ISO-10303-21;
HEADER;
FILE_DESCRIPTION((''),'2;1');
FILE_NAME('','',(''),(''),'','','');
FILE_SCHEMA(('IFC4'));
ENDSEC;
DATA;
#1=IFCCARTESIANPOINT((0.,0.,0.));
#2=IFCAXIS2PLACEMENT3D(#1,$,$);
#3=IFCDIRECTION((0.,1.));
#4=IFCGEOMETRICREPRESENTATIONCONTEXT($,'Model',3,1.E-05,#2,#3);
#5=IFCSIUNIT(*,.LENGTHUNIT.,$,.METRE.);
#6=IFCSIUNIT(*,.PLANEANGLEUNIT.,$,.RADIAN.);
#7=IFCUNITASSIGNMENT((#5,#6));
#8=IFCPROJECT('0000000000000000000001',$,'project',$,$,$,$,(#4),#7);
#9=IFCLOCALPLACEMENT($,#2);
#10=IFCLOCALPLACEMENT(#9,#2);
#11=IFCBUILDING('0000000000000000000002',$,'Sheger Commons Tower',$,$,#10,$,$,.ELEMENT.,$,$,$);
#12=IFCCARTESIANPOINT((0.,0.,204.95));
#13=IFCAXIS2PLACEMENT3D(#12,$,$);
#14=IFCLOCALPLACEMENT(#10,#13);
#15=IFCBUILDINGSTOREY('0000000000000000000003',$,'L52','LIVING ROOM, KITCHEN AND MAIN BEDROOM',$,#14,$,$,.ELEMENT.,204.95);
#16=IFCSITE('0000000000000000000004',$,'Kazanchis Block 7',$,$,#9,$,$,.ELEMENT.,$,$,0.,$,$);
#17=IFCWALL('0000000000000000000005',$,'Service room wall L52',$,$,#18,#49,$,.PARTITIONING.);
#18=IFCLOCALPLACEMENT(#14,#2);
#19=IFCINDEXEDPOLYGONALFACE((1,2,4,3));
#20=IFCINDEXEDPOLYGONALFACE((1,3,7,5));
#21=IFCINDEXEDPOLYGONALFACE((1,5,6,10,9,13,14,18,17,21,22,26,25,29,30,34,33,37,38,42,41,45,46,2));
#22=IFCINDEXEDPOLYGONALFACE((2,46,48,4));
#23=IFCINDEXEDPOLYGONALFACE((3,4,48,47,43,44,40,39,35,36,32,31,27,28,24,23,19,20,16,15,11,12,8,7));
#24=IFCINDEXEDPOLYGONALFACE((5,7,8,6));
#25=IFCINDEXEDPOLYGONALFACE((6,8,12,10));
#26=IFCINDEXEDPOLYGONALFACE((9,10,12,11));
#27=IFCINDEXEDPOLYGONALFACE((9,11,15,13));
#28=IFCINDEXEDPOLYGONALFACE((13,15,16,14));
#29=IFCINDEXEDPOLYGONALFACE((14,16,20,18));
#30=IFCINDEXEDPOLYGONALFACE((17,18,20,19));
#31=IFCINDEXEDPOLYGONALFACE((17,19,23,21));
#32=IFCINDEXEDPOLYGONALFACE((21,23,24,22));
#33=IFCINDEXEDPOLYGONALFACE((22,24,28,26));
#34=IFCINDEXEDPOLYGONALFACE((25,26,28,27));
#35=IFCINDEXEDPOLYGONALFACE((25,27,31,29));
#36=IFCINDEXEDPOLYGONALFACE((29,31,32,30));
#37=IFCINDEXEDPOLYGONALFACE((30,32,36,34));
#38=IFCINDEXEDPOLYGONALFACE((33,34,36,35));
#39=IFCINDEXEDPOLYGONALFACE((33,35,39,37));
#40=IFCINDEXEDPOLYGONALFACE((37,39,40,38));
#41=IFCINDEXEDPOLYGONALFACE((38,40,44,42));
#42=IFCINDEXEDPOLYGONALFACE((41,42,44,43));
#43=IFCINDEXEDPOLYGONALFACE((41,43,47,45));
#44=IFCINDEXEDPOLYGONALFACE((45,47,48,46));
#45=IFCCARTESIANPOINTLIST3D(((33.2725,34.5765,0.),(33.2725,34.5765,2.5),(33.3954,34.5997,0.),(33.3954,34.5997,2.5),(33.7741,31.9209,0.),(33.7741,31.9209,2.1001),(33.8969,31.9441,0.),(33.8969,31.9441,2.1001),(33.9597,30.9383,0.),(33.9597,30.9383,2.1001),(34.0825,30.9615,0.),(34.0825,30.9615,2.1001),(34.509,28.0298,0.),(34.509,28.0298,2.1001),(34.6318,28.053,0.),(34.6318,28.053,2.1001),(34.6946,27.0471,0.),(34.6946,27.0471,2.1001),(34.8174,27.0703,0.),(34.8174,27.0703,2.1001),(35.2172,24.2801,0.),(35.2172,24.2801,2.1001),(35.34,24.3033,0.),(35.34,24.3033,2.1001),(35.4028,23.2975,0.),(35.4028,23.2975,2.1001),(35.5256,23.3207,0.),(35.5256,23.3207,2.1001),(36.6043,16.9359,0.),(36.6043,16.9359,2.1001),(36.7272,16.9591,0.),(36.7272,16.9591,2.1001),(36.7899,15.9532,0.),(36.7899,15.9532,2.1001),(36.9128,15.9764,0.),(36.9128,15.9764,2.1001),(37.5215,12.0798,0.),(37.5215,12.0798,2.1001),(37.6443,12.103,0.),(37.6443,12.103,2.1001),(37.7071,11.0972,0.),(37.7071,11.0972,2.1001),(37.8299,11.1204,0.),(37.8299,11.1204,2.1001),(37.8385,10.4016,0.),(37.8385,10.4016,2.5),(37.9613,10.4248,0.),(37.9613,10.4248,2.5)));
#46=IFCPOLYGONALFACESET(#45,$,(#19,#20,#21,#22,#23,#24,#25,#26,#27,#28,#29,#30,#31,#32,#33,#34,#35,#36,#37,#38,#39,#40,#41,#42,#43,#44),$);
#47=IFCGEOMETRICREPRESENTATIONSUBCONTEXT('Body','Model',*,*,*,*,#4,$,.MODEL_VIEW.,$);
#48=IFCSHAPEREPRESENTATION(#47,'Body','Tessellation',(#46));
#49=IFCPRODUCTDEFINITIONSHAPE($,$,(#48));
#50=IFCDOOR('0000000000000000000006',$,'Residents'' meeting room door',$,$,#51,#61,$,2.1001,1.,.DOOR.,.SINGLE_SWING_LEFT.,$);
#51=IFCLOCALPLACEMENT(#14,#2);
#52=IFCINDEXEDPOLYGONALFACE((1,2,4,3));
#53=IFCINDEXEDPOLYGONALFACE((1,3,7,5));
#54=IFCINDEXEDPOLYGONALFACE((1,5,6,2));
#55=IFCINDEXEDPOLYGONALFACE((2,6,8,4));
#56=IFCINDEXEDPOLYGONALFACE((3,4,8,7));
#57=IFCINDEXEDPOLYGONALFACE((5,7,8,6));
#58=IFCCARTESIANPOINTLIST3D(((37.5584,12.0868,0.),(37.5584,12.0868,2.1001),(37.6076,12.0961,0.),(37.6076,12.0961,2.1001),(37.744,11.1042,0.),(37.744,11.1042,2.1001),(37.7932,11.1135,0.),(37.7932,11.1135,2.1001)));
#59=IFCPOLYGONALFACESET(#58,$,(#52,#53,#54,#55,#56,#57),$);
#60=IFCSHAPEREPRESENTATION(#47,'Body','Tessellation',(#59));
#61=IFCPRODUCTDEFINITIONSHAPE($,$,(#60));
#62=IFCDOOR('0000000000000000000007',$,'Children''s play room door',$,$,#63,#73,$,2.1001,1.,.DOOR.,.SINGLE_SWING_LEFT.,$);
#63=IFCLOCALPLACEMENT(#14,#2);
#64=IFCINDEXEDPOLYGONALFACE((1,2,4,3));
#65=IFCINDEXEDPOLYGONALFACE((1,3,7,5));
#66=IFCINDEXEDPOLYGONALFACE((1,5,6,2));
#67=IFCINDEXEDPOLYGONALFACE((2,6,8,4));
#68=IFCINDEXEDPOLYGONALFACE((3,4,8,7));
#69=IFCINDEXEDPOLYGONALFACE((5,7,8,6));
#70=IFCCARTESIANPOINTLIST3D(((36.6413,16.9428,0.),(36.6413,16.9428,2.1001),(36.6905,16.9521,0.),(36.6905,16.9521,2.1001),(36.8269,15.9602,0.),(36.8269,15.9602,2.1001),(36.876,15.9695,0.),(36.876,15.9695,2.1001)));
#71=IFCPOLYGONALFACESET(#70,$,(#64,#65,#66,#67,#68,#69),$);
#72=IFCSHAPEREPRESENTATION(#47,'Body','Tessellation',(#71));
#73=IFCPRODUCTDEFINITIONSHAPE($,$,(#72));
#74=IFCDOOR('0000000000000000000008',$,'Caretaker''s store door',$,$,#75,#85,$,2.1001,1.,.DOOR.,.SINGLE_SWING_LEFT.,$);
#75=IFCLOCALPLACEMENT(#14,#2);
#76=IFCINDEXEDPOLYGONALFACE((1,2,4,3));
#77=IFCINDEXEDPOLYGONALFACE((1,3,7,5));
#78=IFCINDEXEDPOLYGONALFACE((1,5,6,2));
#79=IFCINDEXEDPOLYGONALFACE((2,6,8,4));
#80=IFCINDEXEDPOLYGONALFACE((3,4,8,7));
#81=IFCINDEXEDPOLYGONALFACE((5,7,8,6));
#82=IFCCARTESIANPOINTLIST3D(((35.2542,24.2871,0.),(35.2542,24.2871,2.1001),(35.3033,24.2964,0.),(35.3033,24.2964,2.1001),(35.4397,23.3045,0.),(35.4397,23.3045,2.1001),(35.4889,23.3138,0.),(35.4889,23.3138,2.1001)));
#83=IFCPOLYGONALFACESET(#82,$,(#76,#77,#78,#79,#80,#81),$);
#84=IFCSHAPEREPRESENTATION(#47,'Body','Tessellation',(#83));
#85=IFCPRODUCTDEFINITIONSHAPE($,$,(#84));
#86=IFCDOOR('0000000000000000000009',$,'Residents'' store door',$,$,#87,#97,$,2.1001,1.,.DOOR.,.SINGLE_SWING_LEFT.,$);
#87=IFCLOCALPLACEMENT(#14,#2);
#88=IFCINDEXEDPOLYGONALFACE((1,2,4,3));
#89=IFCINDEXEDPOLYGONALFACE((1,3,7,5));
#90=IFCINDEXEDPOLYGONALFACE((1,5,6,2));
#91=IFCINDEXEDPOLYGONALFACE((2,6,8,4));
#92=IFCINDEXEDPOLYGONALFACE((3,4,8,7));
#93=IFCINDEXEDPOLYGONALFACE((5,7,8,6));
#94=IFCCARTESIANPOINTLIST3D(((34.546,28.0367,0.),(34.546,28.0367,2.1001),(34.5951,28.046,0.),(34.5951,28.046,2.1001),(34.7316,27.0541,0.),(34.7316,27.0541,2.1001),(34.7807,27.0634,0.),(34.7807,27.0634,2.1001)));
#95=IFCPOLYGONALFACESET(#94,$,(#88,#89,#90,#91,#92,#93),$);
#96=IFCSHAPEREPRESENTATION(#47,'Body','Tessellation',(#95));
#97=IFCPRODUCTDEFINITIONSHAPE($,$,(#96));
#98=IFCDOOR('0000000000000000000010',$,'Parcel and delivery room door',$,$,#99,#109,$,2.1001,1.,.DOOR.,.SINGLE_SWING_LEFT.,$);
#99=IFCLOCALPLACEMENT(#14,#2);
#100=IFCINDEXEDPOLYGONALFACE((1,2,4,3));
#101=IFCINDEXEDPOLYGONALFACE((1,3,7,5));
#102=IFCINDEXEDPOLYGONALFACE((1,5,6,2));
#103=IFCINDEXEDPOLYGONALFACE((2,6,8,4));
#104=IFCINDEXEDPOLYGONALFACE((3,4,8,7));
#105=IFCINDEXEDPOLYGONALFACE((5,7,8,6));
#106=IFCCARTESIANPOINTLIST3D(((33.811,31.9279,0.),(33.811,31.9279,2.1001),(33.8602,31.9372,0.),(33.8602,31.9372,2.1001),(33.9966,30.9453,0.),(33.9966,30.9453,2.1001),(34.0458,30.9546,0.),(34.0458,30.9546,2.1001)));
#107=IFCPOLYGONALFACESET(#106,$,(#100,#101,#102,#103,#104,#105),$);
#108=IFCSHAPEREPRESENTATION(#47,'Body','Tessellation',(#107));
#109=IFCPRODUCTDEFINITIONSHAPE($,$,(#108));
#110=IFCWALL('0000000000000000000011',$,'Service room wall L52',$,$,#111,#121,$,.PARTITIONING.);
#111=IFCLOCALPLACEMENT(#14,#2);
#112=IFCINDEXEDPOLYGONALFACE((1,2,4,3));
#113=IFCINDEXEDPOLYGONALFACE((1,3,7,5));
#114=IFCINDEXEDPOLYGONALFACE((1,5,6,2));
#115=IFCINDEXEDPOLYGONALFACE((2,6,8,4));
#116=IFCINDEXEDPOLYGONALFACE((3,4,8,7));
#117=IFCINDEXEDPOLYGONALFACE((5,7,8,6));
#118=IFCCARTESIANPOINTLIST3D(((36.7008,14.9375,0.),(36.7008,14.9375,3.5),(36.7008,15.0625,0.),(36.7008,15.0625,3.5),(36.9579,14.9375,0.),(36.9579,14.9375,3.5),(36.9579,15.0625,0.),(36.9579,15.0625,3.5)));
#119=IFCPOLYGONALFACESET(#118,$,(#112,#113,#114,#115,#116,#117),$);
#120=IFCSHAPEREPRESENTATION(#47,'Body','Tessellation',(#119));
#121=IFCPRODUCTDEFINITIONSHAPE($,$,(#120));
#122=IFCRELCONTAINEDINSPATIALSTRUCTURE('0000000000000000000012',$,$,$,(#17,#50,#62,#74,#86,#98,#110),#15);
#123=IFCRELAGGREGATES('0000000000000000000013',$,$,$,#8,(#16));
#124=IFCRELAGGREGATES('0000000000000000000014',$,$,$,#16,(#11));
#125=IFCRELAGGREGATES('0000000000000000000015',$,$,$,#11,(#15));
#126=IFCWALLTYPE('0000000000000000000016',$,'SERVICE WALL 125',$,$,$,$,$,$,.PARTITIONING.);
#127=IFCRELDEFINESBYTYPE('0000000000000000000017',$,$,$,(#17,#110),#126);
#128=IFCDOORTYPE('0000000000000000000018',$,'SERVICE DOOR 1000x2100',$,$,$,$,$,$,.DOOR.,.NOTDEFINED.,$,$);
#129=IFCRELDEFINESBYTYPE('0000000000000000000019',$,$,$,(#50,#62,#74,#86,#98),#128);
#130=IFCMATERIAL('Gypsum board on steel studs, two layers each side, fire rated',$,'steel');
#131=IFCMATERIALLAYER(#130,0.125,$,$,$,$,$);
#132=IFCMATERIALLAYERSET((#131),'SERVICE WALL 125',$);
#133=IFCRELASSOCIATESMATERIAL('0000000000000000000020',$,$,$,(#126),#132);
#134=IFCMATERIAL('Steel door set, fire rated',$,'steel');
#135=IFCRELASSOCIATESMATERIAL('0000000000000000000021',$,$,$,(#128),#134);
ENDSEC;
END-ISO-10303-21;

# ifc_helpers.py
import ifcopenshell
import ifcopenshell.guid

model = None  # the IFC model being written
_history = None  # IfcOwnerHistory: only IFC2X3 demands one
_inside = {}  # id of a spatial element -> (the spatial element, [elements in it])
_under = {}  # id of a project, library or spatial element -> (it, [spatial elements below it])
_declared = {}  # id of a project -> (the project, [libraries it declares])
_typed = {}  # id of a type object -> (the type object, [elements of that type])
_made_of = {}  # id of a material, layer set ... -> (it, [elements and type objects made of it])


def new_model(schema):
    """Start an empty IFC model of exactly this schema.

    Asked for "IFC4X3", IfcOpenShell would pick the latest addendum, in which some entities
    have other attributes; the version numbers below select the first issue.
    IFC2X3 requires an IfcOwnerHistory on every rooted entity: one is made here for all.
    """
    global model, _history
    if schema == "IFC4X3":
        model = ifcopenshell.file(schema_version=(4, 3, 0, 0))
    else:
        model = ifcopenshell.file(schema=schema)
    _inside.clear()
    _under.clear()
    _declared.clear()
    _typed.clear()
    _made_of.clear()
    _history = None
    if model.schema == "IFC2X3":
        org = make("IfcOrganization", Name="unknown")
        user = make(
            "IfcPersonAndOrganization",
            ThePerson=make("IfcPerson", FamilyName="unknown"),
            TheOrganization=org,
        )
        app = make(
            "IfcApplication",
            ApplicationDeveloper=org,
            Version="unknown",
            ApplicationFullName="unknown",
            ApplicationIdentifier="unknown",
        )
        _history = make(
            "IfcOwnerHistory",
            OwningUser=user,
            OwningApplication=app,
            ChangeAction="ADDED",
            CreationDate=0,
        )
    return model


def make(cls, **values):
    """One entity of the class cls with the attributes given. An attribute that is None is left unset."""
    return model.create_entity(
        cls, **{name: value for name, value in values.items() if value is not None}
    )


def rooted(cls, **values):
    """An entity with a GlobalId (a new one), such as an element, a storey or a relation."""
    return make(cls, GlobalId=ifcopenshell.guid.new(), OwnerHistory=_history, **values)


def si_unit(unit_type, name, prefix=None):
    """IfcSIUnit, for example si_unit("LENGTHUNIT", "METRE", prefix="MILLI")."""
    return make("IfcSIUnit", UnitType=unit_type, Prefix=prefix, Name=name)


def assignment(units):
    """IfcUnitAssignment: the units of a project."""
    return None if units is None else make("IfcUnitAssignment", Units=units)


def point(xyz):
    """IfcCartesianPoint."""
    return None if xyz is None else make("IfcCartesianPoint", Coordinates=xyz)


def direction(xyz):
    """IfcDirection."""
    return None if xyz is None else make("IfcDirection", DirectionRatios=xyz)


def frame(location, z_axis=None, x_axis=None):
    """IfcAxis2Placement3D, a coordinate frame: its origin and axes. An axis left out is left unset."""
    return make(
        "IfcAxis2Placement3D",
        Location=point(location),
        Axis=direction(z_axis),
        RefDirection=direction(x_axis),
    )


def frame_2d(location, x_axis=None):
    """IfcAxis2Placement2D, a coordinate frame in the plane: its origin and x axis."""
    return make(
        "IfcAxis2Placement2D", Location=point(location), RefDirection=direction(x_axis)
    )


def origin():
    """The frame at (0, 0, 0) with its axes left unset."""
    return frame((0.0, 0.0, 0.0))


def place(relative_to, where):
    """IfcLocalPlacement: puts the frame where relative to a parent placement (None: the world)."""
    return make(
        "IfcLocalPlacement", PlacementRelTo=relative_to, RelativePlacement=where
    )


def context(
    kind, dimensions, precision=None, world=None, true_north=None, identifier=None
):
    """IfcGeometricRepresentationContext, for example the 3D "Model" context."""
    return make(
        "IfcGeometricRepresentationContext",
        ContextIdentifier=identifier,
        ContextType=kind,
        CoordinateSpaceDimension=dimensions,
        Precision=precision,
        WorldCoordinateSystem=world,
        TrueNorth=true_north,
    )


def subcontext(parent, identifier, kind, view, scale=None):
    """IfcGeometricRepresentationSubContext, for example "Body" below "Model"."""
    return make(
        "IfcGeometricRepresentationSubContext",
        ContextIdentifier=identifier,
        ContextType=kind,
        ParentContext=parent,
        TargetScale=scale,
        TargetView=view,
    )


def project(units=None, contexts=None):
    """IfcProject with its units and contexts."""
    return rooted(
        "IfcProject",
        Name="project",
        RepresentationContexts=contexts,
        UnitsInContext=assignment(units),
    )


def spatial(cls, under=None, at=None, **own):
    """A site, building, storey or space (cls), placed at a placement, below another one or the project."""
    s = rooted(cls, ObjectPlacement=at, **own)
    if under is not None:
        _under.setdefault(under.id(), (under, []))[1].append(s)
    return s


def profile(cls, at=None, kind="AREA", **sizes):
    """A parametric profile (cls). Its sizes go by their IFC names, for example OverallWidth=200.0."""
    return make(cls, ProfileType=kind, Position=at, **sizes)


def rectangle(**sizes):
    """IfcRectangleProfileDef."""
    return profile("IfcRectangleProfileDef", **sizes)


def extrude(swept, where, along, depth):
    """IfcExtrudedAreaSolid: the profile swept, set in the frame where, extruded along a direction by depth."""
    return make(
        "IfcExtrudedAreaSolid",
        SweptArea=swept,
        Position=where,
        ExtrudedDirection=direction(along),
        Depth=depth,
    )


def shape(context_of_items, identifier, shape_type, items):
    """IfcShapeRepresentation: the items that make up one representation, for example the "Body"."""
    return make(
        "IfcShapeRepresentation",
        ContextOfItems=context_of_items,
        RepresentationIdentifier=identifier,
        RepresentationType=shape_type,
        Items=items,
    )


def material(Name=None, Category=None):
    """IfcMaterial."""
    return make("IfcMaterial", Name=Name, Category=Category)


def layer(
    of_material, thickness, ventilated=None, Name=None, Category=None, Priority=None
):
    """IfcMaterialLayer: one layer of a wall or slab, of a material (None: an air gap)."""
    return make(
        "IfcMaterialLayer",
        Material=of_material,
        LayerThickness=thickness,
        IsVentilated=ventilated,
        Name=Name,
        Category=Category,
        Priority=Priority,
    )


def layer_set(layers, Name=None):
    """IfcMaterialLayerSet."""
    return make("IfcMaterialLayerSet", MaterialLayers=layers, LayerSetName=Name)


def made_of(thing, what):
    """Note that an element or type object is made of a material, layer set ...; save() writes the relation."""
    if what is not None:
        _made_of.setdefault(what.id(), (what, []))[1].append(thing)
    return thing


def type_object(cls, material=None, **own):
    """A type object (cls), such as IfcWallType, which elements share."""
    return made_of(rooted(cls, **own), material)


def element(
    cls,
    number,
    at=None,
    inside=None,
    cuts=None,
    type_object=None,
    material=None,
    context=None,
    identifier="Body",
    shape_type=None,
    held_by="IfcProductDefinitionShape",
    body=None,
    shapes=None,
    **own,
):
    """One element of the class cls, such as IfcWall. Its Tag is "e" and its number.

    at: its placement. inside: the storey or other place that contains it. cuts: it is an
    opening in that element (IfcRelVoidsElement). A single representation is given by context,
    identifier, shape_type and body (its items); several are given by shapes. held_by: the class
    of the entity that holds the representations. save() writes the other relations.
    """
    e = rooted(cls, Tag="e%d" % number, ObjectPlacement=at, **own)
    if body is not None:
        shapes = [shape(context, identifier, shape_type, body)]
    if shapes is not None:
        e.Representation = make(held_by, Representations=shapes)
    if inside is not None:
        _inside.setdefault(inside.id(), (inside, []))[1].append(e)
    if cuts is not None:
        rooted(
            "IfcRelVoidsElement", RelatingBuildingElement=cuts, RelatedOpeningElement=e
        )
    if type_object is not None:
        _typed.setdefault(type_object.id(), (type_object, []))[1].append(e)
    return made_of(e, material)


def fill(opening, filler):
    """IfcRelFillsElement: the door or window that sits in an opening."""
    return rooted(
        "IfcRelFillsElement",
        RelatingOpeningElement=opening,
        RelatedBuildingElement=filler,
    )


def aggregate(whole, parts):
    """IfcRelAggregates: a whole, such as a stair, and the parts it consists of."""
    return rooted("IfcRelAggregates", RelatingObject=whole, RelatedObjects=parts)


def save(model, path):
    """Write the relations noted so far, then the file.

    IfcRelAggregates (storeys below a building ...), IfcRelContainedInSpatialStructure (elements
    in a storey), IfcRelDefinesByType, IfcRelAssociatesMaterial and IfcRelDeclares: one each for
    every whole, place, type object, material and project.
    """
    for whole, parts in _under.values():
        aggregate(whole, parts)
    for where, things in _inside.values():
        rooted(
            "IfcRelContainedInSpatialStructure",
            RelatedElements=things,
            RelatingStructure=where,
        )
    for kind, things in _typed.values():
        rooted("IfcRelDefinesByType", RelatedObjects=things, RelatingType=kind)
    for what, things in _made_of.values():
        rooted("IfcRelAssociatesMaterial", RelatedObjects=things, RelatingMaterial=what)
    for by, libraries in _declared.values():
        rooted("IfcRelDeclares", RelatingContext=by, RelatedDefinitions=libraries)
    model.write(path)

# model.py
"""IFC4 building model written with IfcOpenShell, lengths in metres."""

from ifc_helpers import new_model, si_unit, direction, frame, frame_2d, origin, place, context, subcontext, project, spatial, rectangle, extrude, material, layer, layer_set, type_object, element, fill, save


model = new_model("IFC4")

# Units and contexts
model_context = context("Model", 3, precision=1e-05, world=origin(), true_north=direction((0.0, 1.0)))
body_context = subcontext(model_context, "Body", "Model", "MODEL_VIEW")
ifc_project = project(units=[si_unit("LENGTHUNIT", "METRE"), si_unit("PLANEANGLEUNIT", "RADIAN")], contexts=[model_context])

# Site, building, storey
site_placement = place(None, origin())
site = spatial("IfcSite", under=ifc_project, at=site_placement, Name="Kazanchis Block 7", CompositionType="ELEMENT", RefElevation=0.0)
building_placement = place(site_placement, origin())
building = spatial("IfcBuilding", under=site, at=building_placement, Name="Sheger Commons Tower", CompositionType="ELEMENT")
storey_placement = place(building_placement, frame((0.0, 0.0, 204.95)))
storey = spatial("IfcBuildingStorey", under=building, at=storey_placement, Name="L52", Description="LIVING ROOM, KITCHEN AND MAIN BEDROOM", CompositionType="ELEMENT", Elevation=204.95)

# Wall, openings, doors
ifc_material_1 = material(Name="Gypsum board on steel studs, two layers each side, fire rated", Category="steel")
ifc_layer_1 = layer(ifc_material_1, 0.125)
ifc_layer_set_1 = layer_set([ifc_layer_1], Name="SERVICE WALL 125")
wall_type_1 = type_object("IfcWallType", Name="SERVICE WALL 125", PredefinedType="PARTITIONING", material=ifc_layer_set_1)
wall_1_placement = place(storey_placement, frame((37.8999, 10.4131, 0.0), z_axis=(0.0, 0.0, 1.0), x_axis=(-0.18559, 0.982627, 0.0)))
wall_1 = element("IfcWall", 1, at=wall_1_placement, inside=storey, type_object=wall_type_1, Name="Service room wall L52", PredefinedType="PARTITIONING", context=body_context, shape_type="SweptSolid", body=[
    extrude(rectangle(XDim=24.6023, YDim=0.125, at=frame_2d((12.3013, 0.0))), origin(), (0.0, 0.0, 1.0), 2.5),
])
opening_1_placement = place(wall_1_placement, frame((0.708, 0.0, 0.0)))
opening_1 = element("IfcOpeningElement", 2, at=opening_1_placement, cuts=wall_1, PredefinedType="OPENING", context=body_context, shape_type="SweptSolid", body=[
    extrude(rectangle(XDim=1.0, YDim=2.1001, at=frame_2d((0.5, 1.05))), frame((0.0, 0.0725, 0.0), z_axis=(0.0, -1.0, 0.0), x_axis=(1.0, 0.0, 0.0)), (0.0, 0.0, 1.0), 0.145),
])
opening_2_placement = place(wall_1_placement, frame((5.6499, 0.0, 0.0)))
opening_2 = element("IfcOpeningElement", 3, at=opening_2_placement, cuts=wall_1, PredefinedType="OPENING", context=body_context, shape_type="SweptSolid", body=[
    extrude(rectangle(XDim=1.0, YDim=2.1001, at=frame_2d((0.5, 1.05))), frame((0.0, 0.0725, 0.0), z_axis=(0.0, -1.0, 0.0), x_axis=(1.0, 0.0, 0.0)), (0.0, 0.0, 1.0), 0.145),
])
opening_3_placement = place(wall_1_placement, frame((13.124, 0.0, 0.0)))
opening_3 = element("IfcOpeningElement", 4, at=opening_3_placement, cuts=wall_1, PredefinedType="OPENING", context=body_context, shape_type="SweptSolid", body=[
    extrude(rectangle(XDim=1.0, YDim=2.1001, at=frame_2d((0.5, 1.05))), frame((0.0, 0.0725, 0.0), z_axis=(0.0, -1.0, 0.0), x_axis=(1.0, 0.0, 0.0)), (0.0, 0.0, 1.0), 0.145),
])
opening_4_placement = place(wall_1_placement, frame((16.9399, 0.0, 0.0)))
opening_4 = element("IfcOpeningElement", 5, at=opening_4_placement, cuts=wall_1, PredefinedType="OPENING", context=body_context, shape_type="SweptSolid", body=[
    extrude(rectangle(XDim=1.0, YDim=2.1001, at=frame_2d((0.5, 1.05))), frame((0.0, 0.0725, 0.0), z_axis=(0.0, -1.0, 0.0), x_axis=(1.0, 0.0, 0.0)), (0.0, 0.0, 1.0), 0.145),
])
opening_5_placement = place(wall_1_placement, frame((20.8999, 0.0, 0.0)))
opening_5 = element("IfcOpeningElement", 6, at=opening_5_placement, cuts=wall_1, PredefinedType="OPENING", context=body_context, shape_type="SweptSolid", body=[
    extrude(rectangle(XDim=1.0, YDim=2.1001, at=frame_2d((0.5, 1.05))), frame((0.0, 0.0725, 0.0), z_axis=(0.0, -1.0, 0.0), x_axis=(1.0, 0.0, 0.0)), (0.0, 0.0, 1.0), 0.145),
])
ifc_material_2 = material(Name="Steel door set, fire rated", Category="steel")
door_type_1 = type_object("IfcDoorType", Name="SERVICE DOOR 1000x2100", OperationType="NOTDEFINED", PredefinedType="DOOR", material=ifc_material_2)
door_1_placement = place(opening_1_placement, origin())
door_1 = element("IfcDoor", 7, at=door_1_placement, inside=storey, type_object=door_type_1, Name="Residents' meeting room door", OperationType="SINGLE_SWING_LEFT", OverallHeight=2.1001, OverallWidth=1.0, PredefinedType="DOOR", context=body_context, shape_type="SweptSolid", body=[
    extrude(rectangle(XDim=1.0, YDim=2.1001, at=frame_2d((0.5, 1.05))), frame((0.0, 0.0249, 0.0), z_axis=(0.0, -1.0, 0.0), x_axis=(1.0, 0.0, 0.0)), (0.0, 0.0, 1.0), 0.05),
])
fill(opening_1, door_1)
door_2_placement = place(opening_2_placement, origin())
door_2 = element("IfcDoor", 8, at=door_2_placement, inside=storey, type_object=door_type_1, Name="Children's play room door", OperationType="SINGLE_SWING_LEFT", OverallHeight=2.1001, OverallWidth=1.0, PredefinedType="DOOR", context=body_context, shape_type="SweptSolid", body=[
    extrude(rectangle(XDim=1.0, YDim=2.1001, at=frame_2d((0.5, 1.05))), frame((0.0, 0.0249, 0.0), z_axis=(0.0, -1.0, 0.0), x_axis=(1.0, 0.0, 0.0)), (0.0, 0.0, 1.0), 0.05),
])
fill(opening_2, door_2)
door_3_placement = place(opening_3_placement, origin())
door_3 = element("IfcDoor", 9, at=door_3_placement, inside=storey, type_object=door_type_1, Name="Caretaker's store door", OperationType="SINGLE_SWING_LEFT", OverallHeight=2.1001, OverallWidth=1.0, PredefinedType="DOOR", context=body_context, shape_type="SweptSolid", body=[
    extrude(rectangle(XDim=1.0, YDim=2.1001, at=frame_2d((0.5, 1.05))), frame((0.0, 0.0249, 0.0), z_axis=(0.0, -1.0, 0.0), x_axis=(1.0, 0.0, 0.0)), (0.0, 0.0, 1.0), 0.05),
])
fill(opening_3, door_3)
door_4_placement = place(opening_4_placement, origin())
door_4 = element("IfcDoor", 10, at=door_4_placement, inside=storey, type_object=door_type_1, Name="Residents' store door", OperationType="SINGLE_SWING_LEFT", OverallHeight=2.1001, OverallWidth=1.0, PredefinedType="DOOR", context=body_context, shape_type="SweptSolid", body=[
    extrude(rectangle(XDim=1.0, YDim=2.1001, at=frame_2d((0.5, 1.05))), frame((0.0, 0.0249, 0.0), z_axis=(0.0, -1.0, 0.0), x_axis=(1.0, 0.0, 0.0)), (0.0, 0.0, 1.0), 0.05),
])
fill(opening_4, door_4)
door_5_placement = place(opening_5_placement, origin())
door_5 = element("IfcDoor", 11, at=door_5_placement, inside=storey, type_object=door_type_1, Name="Parcel and delivery room door", OperationType="SINGLE_SWING_LEFT", OverallHeight=2.1001, OverallWidth=1.0, PredefinedType="DOOR", context=body_context, shape_type="SweptSolid", body=[
    extrude(rectangle(XDim=1.0, YDim=2.1001, at=frame_2d((0.5, 1.05))), frame((0.0, 0.0249, 0.0), z_axis=(0.0, -1.0, 0.0), x_axis=(1.0, 0.0, 0.0)), (0.0, 0.0, 1.0), 0.05),
])
fill(opening_5, door_5)

# Wall
wall_2_placement = place(storey_placement, frame((36.7009, 15.0, 0.0), z_axis=(0.0, 0.0, 1.0), x_axis=(1.0, 0.0, 0.0)))
element("IfcWall", 12, at=wall_2_placement, inside=storey, type_object=wall_type_1, Name="Service room wall L52", PredefinedType="PARTITIONING", context=body_context, shape_type="SweptSolid", body=[
    extrude(rectangle(XDim=0.2571, YDim=0.125, at=frame_2d((0.1284, 0.0))), origin(), (0.0, 0.0, 1.0), 3.5),
])

save(model, "model.ifc")
